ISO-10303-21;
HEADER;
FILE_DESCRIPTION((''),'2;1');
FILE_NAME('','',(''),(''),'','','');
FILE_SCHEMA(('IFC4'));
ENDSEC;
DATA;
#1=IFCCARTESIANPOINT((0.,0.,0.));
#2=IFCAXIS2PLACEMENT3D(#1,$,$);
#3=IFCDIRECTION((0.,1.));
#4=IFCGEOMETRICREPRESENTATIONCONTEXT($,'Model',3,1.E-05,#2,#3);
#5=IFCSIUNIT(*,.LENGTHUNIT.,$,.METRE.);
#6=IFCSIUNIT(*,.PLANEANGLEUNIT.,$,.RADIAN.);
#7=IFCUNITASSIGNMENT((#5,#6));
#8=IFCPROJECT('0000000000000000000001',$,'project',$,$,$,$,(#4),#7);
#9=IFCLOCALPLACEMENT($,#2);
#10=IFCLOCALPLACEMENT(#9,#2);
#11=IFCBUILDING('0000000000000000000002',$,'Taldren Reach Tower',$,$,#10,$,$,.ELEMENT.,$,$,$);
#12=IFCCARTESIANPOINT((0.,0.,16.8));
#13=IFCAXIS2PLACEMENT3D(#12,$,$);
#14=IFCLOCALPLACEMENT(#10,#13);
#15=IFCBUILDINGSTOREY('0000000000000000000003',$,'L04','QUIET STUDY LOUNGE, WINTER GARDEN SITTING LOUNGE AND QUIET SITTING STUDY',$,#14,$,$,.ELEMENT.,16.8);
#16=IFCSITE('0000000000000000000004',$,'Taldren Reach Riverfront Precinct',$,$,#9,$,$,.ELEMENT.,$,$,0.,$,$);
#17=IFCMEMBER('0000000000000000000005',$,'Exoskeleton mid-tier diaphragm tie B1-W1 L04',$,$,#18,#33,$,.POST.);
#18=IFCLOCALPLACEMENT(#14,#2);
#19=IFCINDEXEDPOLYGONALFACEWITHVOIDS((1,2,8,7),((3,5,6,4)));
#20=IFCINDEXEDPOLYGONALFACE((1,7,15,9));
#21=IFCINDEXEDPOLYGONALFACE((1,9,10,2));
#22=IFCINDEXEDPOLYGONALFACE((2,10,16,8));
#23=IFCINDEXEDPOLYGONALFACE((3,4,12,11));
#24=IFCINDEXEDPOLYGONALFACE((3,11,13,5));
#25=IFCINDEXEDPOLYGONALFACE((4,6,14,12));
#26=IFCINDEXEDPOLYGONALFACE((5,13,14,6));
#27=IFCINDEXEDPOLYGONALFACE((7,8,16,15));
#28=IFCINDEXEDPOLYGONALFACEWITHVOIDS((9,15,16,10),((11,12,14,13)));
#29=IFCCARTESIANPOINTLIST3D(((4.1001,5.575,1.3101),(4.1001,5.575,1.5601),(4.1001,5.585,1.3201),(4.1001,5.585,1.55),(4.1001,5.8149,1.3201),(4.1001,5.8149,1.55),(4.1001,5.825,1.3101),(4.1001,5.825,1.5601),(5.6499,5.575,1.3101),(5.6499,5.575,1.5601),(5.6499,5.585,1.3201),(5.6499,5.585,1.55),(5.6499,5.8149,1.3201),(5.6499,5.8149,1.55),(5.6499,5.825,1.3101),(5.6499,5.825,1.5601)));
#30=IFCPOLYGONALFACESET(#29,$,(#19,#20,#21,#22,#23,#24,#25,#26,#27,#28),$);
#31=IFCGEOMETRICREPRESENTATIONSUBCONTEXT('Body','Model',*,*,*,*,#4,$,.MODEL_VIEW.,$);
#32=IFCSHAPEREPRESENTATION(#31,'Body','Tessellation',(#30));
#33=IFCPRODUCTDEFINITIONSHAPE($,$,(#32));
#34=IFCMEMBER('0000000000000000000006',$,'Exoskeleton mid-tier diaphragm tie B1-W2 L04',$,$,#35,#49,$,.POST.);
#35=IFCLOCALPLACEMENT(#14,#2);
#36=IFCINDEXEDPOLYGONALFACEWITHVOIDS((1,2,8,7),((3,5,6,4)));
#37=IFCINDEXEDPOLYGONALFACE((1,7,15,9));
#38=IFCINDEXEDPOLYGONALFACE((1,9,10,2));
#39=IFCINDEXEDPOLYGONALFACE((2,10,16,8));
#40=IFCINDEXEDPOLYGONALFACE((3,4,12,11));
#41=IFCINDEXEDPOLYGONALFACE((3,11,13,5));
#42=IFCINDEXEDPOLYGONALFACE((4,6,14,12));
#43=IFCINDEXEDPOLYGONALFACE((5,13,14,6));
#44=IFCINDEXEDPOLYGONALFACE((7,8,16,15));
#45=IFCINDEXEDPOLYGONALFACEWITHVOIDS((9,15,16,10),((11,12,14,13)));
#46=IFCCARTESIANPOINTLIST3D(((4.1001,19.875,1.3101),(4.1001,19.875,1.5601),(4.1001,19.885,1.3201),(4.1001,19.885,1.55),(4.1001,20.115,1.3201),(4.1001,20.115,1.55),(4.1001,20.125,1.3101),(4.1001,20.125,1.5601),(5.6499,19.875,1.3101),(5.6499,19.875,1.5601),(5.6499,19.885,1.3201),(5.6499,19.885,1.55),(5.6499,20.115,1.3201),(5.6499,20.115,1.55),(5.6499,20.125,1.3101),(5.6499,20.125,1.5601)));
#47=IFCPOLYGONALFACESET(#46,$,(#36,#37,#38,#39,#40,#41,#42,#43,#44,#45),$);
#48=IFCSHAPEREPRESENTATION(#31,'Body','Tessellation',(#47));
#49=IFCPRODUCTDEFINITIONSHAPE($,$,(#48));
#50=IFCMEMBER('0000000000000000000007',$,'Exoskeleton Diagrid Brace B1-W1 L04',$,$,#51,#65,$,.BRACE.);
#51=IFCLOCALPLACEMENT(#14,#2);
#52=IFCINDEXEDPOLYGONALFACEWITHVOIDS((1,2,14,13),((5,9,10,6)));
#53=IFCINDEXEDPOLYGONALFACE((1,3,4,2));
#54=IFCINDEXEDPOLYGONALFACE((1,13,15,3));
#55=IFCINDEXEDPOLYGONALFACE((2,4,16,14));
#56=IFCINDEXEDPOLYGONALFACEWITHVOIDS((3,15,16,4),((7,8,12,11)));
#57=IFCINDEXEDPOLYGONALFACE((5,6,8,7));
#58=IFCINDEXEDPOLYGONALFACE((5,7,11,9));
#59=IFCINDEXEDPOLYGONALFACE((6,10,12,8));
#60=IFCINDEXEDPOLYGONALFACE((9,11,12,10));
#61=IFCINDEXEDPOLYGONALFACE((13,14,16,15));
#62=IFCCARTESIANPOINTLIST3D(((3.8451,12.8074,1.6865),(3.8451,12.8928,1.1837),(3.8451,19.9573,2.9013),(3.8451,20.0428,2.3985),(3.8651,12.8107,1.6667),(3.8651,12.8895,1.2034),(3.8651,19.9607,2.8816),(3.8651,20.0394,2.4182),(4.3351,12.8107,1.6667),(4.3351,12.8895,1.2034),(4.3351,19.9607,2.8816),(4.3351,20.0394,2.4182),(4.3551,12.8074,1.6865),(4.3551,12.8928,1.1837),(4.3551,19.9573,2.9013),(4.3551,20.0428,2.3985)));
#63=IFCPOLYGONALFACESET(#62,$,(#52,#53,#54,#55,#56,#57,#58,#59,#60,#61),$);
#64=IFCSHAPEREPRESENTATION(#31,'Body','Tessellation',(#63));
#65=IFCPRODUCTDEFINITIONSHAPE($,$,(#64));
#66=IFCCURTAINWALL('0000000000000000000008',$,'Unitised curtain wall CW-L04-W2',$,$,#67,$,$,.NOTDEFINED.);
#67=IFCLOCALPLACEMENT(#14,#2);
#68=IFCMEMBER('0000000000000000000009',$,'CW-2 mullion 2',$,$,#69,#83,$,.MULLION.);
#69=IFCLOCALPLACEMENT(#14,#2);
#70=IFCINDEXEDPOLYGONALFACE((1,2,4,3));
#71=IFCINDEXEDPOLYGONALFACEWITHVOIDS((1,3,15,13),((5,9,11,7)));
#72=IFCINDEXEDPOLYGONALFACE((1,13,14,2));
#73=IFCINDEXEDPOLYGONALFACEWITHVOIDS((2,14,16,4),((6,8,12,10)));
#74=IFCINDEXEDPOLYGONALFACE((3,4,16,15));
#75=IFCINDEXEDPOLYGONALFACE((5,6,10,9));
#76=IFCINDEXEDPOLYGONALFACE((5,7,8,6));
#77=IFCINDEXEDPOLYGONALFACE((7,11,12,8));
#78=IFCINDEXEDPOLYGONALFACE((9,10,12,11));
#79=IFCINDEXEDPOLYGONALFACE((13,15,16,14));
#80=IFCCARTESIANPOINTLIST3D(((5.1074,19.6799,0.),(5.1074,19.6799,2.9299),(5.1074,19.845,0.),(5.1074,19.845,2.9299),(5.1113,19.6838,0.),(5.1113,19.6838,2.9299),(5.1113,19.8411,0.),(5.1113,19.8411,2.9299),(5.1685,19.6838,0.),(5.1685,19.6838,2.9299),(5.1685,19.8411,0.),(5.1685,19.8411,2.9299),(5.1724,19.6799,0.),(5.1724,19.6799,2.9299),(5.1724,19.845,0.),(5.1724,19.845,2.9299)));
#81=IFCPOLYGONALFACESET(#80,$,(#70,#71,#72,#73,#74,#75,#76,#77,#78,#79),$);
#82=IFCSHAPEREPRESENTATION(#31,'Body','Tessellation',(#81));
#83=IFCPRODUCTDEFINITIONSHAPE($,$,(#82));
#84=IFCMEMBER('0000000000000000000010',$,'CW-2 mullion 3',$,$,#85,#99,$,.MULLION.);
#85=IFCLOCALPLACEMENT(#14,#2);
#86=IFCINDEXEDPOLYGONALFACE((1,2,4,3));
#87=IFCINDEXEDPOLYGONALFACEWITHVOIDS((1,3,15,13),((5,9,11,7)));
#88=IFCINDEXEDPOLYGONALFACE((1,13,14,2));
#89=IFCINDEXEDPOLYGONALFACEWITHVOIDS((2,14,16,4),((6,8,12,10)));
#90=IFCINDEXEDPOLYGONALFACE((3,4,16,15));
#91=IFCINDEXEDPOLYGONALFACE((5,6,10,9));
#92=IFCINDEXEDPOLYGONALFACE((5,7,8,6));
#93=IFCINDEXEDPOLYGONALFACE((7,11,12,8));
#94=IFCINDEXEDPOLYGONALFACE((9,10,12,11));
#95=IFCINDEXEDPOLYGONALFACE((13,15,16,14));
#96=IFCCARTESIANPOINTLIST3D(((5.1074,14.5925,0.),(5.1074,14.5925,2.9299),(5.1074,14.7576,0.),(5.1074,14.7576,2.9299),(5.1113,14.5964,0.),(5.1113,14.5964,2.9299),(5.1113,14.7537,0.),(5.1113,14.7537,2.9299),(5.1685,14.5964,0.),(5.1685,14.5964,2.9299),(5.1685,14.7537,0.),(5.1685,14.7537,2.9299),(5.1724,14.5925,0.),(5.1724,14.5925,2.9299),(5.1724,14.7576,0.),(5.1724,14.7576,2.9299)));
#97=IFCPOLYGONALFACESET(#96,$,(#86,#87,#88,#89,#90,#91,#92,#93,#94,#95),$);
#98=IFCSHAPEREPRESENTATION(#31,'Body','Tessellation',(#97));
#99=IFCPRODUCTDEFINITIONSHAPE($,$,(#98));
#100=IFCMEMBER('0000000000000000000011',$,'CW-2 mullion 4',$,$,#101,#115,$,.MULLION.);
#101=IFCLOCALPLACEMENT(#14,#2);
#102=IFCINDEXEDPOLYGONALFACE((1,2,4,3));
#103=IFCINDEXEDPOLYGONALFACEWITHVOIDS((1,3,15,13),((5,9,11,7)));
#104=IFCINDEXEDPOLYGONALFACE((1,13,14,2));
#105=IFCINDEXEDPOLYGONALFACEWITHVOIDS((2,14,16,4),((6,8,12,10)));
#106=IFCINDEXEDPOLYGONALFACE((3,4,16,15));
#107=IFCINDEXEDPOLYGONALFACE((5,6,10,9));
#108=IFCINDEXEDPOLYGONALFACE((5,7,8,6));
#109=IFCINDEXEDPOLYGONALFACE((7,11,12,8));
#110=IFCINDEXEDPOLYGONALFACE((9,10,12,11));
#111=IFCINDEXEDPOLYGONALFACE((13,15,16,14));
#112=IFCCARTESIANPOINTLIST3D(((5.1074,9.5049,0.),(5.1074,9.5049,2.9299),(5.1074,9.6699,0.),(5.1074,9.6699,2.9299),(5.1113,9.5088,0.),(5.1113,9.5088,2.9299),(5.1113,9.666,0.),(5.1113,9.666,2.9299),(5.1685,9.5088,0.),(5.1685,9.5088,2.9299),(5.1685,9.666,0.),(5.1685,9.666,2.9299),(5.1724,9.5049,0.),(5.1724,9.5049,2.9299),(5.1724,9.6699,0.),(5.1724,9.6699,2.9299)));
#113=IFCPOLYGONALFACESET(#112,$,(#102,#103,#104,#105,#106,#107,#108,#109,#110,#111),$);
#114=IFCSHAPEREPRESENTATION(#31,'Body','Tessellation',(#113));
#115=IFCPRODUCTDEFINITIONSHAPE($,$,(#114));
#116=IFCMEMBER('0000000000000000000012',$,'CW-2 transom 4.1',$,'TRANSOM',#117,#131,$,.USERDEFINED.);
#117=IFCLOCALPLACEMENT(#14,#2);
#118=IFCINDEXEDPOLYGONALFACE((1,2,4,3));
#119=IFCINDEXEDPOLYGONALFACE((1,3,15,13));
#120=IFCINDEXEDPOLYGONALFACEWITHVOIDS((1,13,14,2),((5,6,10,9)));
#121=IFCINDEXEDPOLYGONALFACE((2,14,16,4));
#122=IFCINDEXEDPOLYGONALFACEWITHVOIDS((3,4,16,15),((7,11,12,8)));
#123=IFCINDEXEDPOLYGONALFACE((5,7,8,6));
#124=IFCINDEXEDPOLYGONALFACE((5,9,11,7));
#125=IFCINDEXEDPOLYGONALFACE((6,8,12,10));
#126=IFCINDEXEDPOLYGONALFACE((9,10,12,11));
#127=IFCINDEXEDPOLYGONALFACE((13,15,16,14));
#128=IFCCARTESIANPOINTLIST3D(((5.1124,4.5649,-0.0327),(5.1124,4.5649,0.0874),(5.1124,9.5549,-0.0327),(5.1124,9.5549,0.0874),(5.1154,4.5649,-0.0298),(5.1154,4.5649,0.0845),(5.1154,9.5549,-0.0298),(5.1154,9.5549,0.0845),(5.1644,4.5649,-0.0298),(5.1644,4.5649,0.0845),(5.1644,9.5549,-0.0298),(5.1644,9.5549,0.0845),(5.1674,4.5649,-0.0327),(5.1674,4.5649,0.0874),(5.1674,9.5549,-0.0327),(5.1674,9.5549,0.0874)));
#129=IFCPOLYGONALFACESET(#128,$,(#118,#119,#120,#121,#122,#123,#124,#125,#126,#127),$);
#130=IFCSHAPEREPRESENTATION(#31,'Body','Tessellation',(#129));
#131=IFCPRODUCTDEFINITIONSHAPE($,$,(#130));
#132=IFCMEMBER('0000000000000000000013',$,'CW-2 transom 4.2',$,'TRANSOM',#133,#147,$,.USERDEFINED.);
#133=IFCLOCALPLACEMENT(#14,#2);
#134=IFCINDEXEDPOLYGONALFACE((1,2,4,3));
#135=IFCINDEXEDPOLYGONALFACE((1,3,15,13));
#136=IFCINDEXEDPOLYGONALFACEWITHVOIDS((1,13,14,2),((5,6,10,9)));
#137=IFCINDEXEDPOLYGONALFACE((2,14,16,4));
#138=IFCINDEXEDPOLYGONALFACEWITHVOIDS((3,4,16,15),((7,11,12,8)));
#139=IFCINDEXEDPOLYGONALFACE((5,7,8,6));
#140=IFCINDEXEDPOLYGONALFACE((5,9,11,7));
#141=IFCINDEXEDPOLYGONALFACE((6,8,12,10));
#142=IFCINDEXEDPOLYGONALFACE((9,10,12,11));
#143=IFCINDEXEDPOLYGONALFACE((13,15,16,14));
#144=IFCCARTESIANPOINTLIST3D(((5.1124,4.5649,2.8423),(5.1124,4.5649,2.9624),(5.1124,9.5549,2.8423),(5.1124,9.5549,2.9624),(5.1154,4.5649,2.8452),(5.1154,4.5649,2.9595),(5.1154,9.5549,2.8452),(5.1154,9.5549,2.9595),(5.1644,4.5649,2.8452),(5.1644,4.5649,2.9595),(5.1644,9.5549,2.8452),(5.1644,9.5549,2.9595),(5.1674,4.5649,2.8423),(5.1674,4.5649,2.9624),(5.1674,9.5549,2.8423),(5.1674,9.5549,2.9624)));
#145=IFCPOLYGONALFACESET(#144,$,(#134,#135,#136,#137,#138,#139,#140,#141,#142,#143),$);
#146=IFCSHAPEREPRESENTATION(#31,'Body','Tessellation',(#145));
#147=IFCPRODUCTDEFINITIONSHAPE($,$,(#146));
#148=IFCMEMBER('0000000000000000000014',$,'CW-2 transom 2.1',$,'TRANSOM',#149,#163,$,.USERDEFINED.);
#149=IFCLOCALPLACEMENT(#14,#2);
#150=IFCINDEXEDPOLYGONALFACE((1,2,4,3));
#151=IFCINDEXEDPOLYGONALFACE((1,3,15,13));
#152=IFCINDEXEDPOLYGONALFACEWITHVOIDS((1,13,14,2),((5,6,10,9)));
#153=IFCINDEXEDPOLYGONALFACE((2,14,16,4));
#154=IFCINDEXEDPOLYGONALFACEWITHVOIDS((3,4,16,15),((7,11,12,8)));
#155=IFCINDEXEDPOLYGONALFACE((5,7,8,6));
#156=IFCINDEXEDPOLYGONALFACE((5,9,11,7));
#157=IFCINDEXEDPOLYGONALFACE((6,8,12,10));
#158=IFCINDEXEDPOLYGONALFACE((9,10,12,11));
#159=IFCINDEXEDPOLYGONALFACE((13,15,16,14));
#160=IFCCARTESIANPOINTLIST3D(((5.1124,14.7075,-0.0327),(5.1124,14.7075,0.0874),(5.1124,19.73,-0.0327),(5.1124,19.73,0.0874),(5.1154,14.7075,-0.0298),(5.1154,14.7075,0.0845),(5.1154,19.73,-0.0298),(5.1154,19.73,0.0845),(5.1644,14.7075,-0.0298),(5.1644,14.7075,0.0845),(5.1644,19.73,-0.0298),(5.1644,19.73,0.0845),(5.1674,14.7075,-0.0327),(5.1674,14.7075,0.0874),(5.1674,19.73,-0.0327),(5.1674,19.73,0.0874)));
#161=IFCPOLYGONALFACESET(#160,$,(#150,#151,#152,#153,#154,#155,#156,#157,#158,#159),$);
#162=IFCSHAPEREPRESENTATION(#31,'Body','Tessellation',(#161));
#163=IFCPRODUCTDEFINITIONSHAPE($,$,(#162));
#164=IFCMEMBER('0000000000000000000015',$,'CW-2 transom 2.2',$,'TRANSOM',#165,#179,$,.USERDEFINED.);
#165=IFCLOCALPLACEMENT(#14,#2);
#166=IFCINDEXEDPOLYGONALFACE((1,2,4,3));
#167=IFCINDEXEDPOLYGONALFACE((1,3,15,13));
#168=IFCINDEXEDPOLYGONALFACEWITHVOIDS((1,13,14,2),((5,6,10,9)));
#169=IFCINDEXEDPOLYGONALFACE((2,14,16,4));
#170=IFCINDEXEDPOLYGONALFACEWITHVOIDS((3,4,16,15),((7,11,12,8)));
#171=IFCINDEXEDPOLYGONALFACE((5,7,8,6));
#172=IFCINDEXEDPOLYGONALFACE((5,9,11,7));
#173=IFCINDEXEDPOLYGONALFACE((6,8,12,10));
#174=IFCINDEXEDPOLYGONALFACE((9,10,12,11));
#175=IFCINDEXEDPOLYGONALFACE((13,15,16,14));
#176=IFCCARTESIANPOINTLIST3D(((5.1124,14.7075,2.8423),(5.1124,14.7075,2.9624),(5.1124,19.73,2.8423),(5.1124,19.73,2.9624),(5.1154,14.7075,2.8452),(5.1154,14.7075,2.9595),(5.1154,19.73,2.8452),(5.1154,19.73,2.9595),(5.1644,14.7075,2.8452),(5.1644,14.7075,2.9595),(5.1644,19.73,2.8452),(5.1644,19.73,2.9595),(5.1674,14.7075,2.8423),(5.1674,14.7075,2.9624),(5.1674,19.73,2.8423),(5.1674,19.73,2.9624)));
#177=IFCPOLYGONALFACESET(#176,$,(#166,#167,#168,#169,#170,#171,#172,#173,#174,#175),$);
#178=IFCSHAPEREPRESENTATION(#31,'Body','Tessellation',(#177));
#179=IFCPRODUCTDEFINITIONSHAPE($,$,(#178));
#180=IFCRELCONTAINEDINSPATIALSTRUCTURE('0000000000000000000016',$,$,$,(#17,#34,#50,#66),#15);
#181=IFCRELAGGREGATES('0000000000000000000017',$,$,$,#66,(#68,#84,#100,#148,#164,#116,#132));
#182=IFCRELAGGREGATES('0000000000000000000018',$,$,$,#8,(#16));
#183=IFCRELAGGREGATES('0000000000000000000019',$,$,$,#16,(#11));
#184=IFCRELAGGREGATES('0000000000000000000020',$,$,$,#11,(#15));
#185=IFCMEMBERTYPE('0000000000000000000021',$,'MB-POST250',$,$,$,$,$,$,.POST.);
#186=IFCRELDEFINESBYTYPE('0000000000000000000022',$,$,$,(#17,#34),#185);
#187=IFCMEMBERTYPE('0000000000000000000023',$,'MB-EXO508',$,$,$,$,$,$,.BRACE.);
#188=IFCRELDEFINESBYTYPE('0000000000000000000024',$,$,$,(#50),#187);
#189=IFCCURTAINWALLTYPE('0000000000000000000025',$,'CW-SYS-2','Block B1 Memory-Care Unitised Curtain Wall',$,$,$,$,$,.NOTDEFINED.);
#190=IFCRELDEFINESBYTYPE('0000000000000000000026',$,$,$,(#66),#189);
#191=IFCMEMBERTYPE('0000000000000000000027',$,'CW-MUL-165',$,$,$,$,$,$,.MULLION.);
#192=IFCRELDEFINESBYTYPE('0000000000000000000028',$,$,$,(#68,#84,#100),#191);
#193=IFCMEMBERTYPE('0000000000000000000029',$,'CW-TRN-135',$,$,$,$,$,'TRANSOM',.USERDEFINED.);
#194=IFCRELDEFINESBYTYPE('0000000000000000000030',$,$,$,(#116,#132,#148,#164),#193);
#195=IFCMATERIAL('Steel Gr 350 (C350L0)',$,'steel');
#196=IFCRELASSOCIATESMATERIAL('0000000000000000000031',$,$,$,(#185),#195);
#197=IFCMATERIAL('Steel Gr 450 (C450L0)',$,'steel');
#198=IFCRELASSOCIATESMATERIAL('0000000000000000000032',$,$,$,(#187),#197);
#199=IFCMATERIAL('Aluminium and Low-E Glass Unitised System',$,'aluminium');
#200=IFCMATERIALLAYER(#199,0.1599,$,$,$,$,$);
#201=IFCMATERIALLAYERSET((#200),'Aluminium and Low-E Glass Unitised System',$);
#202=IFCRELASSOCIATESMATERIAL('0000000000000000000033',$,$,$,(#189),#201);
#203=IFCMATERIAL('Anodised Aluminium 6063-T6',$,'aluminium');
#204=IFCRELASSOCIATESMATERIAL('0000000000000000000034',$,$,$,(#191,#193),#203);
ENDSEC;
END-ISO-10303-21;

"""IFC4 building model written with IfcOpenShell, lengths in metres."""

from ifc_helpers import new_model, si_unit, direction, frame, origin, origin_2d, place, context, subcontext, project, spatial, hollow_rectangle, extrude, source, transform, mapped, material, layer, layer_set, material_profile, profile_set, type_object, element, aggregate, save


model = new_model("IFC4")

# Units and contexts
model_context = context("Model", 3, precision=1e-05, world=origin(), true_north=direction((0.0, 1.0)))
body_context = subcontext(model_context, "Body", "Model", "MODEL_VIEW")
ifc_project = project(units=[si_unit("LENGTHUNIT", "METRE"), si_unit("PLANEANGLEUNIT", "RADIAN")], contexts=[model_context])

# Site, building, storey
site_placement = place(None, origin())
site = spatial("IfcSite", under=ifc_project, at=site_placement, Name="Taldren Reach Riverfront Precinct", CompositionType="ELEMENT", RefElevation=0.0)
building_placement = place(site_placement, origin())
building = spatial("IfcBuilding", under=site, at=building_placement, Name="Taldren Reach Tower", CompositionType="ELEMENT")
storey_placement = place(building_placement, frame((0.0, 0.0, 16.8)))
storey = spatial("IfcBuildingStorey", under=building, at=storey_placement, Name="L04", Description="QUIET STUDY LOUNGE, WINTER GARDEN SITTING LOUNGE AND QUIET SITTING STUDY", CompositionType="ELEMENT", Elevation=16.8)

# Members
ifc_material_1 = material(Name="Steel Gr 450 (C450L0)", Category="steel")
ifc_material_2 = material(Name="Steel Gr 350 (C350L0)", Category="steel")
ifc_material_profile_1 = material_profile(ifc_material_2, hollow_rectangle(XDim=0.25, YDim=0.25, WallThickness=0.01, at=origin_2d()), Name="250x250x10.0SHS")
ifc_profile_set_1 = profile_set([ifc_material_profile_1], Name="Steel Gr 350 (C350L0)")
member_type_1 = type_object("IfcMemberType", Name="MB-POST250", PredefinedType="POST", material=ifc_profile_set_1)
shared_shape_1 = source(origin(), body_context, "Body", "SweptSolid", [
    extrude(hollow_rectangle(XDim=0.25, YDim=0.25, WallThickness=0.01, at=origin_2d()), origin(), (0.0, 0.0, 1.0), 1.5498),
])
for number, where, z_axis, x_axis, name in (
    (1, (5.6499, 5.7, 1.4351), (-1.0, 0.0, 0.0), (0.0, -1.0, 0.0), "Exoskeleton mid-tier diaphragm tie B1-W1 L04"),
    (2, (5.6499, 20.0, 1.4351), (-1.0, 0.0, 0.0), (0.0, -1.0, 0.0), "Exoskeleton mid-tier diaphragm tie B1-W2 L04"),
):
    element("IfcMember", number, at=place(storey_placement, frame(where, z_axis=z_axis, x_axis=x_axis)), inside=storey, type_object=member_type_1, Name=name, PredefinedType="POST", context=body_context, shape_type="MappedRepresentation", body=[
        mapped(shared_shape_1, transform((0.0, 0.0, 0.0), scale=1.0)),
    ])
ifc_material_profile_2 = material_profile(ifc_material_1, hollow_rectangle(XDim=0.51, YDim=0.51, WallThickness=0.02, at=origin_2d()), Name="510x510x20.0SHS")
ifc_profile_set_2 = profile_set([ifc_material_profile_2], Name="Steel Gr 450 (C450L0)")
member_type_2 = type_object("IfcMemberType", Name="MB-EXO508", PredefinedType="BRACE", material=ifc_profile_set_2)
shared_shape_2 = source(origin(), body_context, "Body", "SweptSolid", [
    extrude(hollow_rectangle(XDim=0.51, YDim=0.51, WallThickness=0.02, at=origin_2d()), origin(), (0.0, 0.0, 1.0), 7.2524),
])
member_1_placement = place(storey_placement, frame((4.1001, 12.8501, 1.4351), z_axis=(0.0, 0.98587, 0.16751), x_axis=(-1.0, 0.0, 0.0)))
element("IfcMember", 3, at=member_1_placement, inside=storey, type_object=member_type_2, Name="Exoskeleton Diagrid Brace B1-W1 L04", PredefinedType="BRACE", context=body_context, shape_type="MappedRepresentation", body=[
    mapped(shared_shape_2, transform((0.0, 0.0, 0.0), scale=1.0)),
])

# Curtain wall, members
ifc_material_3 = material(Name="Aluminium and Low-E Glass Unitised System", Category="aluminium")
ifc_layer_1 = layer(ifc_material_3, 0.1599)
ifc_layer_set_1 = layer_set([ifc_layer_1], Name="Aluminium and Low-E Glass Unitised System")
curtain_wall_type = type_object("IfcCurtainWallType", Name="CW-SYS-2", Description="Block B1 Memory-Care Unitised Curtain Wall", PredefinedType="NOTDEFINED", material=ifc_layer_set_1)
curtain_wall_placement = place(storey_placement, origin())
curtain_wall = element("IfcCurtainWall", 4, at=curtain_wall_placement, inside=storey, type_object=curtain_wall_type, Name="Unitised curtain wall CW-L04-W2", PredefinedType="NOTDEFINED")
ifc_material_4 = material(Name="Anodised Aluminium 6063-T6", Category="aluminium")
ifc_material_profile_3 = material_profile(ifc_material_4, hollow_rectangle(XDim=0.0649, YDim=0.165, WallThickness=0.0039, at=origin_2d()), Name="ALU-165x65x4RHS")
ifc_profile_set_3 = profile_set([ifc_material_profile_3], Name="Anodised Aluminium 6063-T6")
member_type_3 = type_object("IfcMemberType", Name="CW-MUL-165", PredefinedType="MULLION", material=ifc_profile_set_3)
shared_shape_3 = source(origin(), body_context, "Body", "SweptSolid", [
    extrude(hollow_rectangle(XDim=0.0649, YDim=0.165, WallThickness=0.0039, at=origin_2d()), origin(), (0.0, 0.0, 1.0), 2.9299),
])
member_2_placement = place(storey_placement, frame((5.1399, 19.7625, 0.0), z_axis=(0.0, 0.0, 1.0), x_axis=(1.0, 0.0, 0.0)))
member_2 = element("IfcMember", 5, at=member_2_placement, type_object=member_type_3, Name="CW-2 mullion 2", PredefinedType="MULLION", context=body_context, shape_type="MappedRepresentation", body=[
    mapped(shared_shape_3, transform((0.0, 0.0, 0.0), scale=1.0)),
])
member_3_placement = place(storey_placement, frame((5.1399, 14.675, 0.0), z_axis=(0.0, 0.0, 1.0), x_axis=(1.0, 0.0, 0.0)))
member_3 = element("IfcMember", 6, at=member_3_placement, type_object=member_type_3, Name="CW-2 mullion 3", PredefinedType="MULLION", context=body_context, shape_type="MappedRepresentation", body=[
    mapped(shared_shape_3, transform((0.0, 0.0, 0.0), scale=1.0)),
])
member_4_placement = place(storey_placement, frame((5.1399, 9.5874, 0.0), z_axis=(0.0, 0.0, 1.0), x_axis=(1.0, 0.0, 0.0)))
member_4 = element("IfcMember", 7, at=member_4_placement, type_object=member_type_3, Name="CW-2 mullion 4", PredefinedType="MULLION", context=body_context, shape_type="MappedRepresentation", body=[
    mapped(shared_shape_3, transform((0.0, 0.0, 0.0), scale=1.0)),
])
ifc_material_profile_4 = material_profile(ifc_material_4, hollow_rectangle(XDim=0.0549, YDim=0.1201, WallThickness=0.0029, at=origin_2d()), Name="ALU-120x55x3RHS")
ifc_profile_set_4 = profile_set([ifc_material_profile_4], Name="Anodised Aluminium 6063-T6")
member_type_4 = type_object("IfcMemberType", Name="CW-TRN-135", ElementType="TRANSOM", PredefinedType="USERDEFINED", material=ifc_profile_set_4)
shared_shape_4 = source(origin(), body_context, "Body", "SweptSolid", [
    extrude(hollow_rectangle(XDim=0.0549, YDim=0.1201, WallThickness=0.0029, at=origin_2d()), origin(), (0.0, 0.0, 1.0), 4.99),
])
member_5_placement = place(storey_placement, frame((5.1399, 9.5549, 0.0273), z_axis=(0.0, -1.0, 0.0), x_axis=(1.0, 0.0, 0.0)))
member_5 = element("IfcMember", 8, at=member_5_placement, type_object=member_type_4, Name="CW-2 transom 4.1", ObjectType="TRANSOM", PredefinedType="USERDEFINED", context=body_context, shape_type="MappedRepresentation", body=[
    mapped(shared_shape_4, transform((0.0, 0.0, 0.0), scale=1.0)),
])
member_6_placement = place(storey_placement, frame((5.1399, 9.5549, 2.9023), z_axis=(0.0, -1.0, 0.0), x_axis=(1.0, 0.0, 0.0)))
member_6 = element("IfcMember", 9, at=member_6_placement, type_object=member_type_4, Name="CW-2 transom 4.2", ObjectType="TRANSOM", PredefinedType="USERDEFINED", context=body_context, shape_type="MappedRepresentation", body=[
    mapped(shared_shape_4, transform((0.0, 0.0, 0.0), scale=1.0)),
])
shared_shape_5 = source(origin(), body_context, "Body", "SweptSolid", [
    extrude(hollow_rectangle(XDim=0.0549, YDim=0.1201, WallThickness=0.0029, at=origin_2d()), origin(), (0.0, 0.0, 1.0), 5.0225),
])
member_7_placement = place(storey_placement, frame((5.1399, 19.73, 0.0273), z_axis=(0.0, -1.0, 0.0), x_axis=(1.0, 0.0, 0.0)))
member_7 = element("IfcMember", 10, at=member_7_placement, type_object=member_type_4, Name="CW-2 transom 2.1", ObjectType="TRANSOM", PredefinedType="USERDEFINED", context=body_context, shape_type="MappedRepresentation", body=[
    mapped(shared_shape_5, transform((0.0, 0.0, 0.0), scale=1.0)),
])
member_8_placement = place(storey_placement, frame((5.1399, 19.73, 2.9023), z_axis=(0.0, -1.0, 0.0), x_axis=(1.0, 0.0, 0.0)))
member_8 = element("IfcMember", 11, at=member_8_placement, type_object=member_type_4, Name="CW-2 transom 2.2", ObjectType="TRANSOM", PredefinedType="USERDEFINED", context=body_context, shape_type="MappedRepresentation", body=[
    mapped(shared_shape_5, transform((0.0, 0.0, 0.0), scale=1.0)),
])

aggregate(curtain_wall, [member_2, member_3, member_4, member_7, member_8, member_5, member_6])

save(model, "model.ifc")
